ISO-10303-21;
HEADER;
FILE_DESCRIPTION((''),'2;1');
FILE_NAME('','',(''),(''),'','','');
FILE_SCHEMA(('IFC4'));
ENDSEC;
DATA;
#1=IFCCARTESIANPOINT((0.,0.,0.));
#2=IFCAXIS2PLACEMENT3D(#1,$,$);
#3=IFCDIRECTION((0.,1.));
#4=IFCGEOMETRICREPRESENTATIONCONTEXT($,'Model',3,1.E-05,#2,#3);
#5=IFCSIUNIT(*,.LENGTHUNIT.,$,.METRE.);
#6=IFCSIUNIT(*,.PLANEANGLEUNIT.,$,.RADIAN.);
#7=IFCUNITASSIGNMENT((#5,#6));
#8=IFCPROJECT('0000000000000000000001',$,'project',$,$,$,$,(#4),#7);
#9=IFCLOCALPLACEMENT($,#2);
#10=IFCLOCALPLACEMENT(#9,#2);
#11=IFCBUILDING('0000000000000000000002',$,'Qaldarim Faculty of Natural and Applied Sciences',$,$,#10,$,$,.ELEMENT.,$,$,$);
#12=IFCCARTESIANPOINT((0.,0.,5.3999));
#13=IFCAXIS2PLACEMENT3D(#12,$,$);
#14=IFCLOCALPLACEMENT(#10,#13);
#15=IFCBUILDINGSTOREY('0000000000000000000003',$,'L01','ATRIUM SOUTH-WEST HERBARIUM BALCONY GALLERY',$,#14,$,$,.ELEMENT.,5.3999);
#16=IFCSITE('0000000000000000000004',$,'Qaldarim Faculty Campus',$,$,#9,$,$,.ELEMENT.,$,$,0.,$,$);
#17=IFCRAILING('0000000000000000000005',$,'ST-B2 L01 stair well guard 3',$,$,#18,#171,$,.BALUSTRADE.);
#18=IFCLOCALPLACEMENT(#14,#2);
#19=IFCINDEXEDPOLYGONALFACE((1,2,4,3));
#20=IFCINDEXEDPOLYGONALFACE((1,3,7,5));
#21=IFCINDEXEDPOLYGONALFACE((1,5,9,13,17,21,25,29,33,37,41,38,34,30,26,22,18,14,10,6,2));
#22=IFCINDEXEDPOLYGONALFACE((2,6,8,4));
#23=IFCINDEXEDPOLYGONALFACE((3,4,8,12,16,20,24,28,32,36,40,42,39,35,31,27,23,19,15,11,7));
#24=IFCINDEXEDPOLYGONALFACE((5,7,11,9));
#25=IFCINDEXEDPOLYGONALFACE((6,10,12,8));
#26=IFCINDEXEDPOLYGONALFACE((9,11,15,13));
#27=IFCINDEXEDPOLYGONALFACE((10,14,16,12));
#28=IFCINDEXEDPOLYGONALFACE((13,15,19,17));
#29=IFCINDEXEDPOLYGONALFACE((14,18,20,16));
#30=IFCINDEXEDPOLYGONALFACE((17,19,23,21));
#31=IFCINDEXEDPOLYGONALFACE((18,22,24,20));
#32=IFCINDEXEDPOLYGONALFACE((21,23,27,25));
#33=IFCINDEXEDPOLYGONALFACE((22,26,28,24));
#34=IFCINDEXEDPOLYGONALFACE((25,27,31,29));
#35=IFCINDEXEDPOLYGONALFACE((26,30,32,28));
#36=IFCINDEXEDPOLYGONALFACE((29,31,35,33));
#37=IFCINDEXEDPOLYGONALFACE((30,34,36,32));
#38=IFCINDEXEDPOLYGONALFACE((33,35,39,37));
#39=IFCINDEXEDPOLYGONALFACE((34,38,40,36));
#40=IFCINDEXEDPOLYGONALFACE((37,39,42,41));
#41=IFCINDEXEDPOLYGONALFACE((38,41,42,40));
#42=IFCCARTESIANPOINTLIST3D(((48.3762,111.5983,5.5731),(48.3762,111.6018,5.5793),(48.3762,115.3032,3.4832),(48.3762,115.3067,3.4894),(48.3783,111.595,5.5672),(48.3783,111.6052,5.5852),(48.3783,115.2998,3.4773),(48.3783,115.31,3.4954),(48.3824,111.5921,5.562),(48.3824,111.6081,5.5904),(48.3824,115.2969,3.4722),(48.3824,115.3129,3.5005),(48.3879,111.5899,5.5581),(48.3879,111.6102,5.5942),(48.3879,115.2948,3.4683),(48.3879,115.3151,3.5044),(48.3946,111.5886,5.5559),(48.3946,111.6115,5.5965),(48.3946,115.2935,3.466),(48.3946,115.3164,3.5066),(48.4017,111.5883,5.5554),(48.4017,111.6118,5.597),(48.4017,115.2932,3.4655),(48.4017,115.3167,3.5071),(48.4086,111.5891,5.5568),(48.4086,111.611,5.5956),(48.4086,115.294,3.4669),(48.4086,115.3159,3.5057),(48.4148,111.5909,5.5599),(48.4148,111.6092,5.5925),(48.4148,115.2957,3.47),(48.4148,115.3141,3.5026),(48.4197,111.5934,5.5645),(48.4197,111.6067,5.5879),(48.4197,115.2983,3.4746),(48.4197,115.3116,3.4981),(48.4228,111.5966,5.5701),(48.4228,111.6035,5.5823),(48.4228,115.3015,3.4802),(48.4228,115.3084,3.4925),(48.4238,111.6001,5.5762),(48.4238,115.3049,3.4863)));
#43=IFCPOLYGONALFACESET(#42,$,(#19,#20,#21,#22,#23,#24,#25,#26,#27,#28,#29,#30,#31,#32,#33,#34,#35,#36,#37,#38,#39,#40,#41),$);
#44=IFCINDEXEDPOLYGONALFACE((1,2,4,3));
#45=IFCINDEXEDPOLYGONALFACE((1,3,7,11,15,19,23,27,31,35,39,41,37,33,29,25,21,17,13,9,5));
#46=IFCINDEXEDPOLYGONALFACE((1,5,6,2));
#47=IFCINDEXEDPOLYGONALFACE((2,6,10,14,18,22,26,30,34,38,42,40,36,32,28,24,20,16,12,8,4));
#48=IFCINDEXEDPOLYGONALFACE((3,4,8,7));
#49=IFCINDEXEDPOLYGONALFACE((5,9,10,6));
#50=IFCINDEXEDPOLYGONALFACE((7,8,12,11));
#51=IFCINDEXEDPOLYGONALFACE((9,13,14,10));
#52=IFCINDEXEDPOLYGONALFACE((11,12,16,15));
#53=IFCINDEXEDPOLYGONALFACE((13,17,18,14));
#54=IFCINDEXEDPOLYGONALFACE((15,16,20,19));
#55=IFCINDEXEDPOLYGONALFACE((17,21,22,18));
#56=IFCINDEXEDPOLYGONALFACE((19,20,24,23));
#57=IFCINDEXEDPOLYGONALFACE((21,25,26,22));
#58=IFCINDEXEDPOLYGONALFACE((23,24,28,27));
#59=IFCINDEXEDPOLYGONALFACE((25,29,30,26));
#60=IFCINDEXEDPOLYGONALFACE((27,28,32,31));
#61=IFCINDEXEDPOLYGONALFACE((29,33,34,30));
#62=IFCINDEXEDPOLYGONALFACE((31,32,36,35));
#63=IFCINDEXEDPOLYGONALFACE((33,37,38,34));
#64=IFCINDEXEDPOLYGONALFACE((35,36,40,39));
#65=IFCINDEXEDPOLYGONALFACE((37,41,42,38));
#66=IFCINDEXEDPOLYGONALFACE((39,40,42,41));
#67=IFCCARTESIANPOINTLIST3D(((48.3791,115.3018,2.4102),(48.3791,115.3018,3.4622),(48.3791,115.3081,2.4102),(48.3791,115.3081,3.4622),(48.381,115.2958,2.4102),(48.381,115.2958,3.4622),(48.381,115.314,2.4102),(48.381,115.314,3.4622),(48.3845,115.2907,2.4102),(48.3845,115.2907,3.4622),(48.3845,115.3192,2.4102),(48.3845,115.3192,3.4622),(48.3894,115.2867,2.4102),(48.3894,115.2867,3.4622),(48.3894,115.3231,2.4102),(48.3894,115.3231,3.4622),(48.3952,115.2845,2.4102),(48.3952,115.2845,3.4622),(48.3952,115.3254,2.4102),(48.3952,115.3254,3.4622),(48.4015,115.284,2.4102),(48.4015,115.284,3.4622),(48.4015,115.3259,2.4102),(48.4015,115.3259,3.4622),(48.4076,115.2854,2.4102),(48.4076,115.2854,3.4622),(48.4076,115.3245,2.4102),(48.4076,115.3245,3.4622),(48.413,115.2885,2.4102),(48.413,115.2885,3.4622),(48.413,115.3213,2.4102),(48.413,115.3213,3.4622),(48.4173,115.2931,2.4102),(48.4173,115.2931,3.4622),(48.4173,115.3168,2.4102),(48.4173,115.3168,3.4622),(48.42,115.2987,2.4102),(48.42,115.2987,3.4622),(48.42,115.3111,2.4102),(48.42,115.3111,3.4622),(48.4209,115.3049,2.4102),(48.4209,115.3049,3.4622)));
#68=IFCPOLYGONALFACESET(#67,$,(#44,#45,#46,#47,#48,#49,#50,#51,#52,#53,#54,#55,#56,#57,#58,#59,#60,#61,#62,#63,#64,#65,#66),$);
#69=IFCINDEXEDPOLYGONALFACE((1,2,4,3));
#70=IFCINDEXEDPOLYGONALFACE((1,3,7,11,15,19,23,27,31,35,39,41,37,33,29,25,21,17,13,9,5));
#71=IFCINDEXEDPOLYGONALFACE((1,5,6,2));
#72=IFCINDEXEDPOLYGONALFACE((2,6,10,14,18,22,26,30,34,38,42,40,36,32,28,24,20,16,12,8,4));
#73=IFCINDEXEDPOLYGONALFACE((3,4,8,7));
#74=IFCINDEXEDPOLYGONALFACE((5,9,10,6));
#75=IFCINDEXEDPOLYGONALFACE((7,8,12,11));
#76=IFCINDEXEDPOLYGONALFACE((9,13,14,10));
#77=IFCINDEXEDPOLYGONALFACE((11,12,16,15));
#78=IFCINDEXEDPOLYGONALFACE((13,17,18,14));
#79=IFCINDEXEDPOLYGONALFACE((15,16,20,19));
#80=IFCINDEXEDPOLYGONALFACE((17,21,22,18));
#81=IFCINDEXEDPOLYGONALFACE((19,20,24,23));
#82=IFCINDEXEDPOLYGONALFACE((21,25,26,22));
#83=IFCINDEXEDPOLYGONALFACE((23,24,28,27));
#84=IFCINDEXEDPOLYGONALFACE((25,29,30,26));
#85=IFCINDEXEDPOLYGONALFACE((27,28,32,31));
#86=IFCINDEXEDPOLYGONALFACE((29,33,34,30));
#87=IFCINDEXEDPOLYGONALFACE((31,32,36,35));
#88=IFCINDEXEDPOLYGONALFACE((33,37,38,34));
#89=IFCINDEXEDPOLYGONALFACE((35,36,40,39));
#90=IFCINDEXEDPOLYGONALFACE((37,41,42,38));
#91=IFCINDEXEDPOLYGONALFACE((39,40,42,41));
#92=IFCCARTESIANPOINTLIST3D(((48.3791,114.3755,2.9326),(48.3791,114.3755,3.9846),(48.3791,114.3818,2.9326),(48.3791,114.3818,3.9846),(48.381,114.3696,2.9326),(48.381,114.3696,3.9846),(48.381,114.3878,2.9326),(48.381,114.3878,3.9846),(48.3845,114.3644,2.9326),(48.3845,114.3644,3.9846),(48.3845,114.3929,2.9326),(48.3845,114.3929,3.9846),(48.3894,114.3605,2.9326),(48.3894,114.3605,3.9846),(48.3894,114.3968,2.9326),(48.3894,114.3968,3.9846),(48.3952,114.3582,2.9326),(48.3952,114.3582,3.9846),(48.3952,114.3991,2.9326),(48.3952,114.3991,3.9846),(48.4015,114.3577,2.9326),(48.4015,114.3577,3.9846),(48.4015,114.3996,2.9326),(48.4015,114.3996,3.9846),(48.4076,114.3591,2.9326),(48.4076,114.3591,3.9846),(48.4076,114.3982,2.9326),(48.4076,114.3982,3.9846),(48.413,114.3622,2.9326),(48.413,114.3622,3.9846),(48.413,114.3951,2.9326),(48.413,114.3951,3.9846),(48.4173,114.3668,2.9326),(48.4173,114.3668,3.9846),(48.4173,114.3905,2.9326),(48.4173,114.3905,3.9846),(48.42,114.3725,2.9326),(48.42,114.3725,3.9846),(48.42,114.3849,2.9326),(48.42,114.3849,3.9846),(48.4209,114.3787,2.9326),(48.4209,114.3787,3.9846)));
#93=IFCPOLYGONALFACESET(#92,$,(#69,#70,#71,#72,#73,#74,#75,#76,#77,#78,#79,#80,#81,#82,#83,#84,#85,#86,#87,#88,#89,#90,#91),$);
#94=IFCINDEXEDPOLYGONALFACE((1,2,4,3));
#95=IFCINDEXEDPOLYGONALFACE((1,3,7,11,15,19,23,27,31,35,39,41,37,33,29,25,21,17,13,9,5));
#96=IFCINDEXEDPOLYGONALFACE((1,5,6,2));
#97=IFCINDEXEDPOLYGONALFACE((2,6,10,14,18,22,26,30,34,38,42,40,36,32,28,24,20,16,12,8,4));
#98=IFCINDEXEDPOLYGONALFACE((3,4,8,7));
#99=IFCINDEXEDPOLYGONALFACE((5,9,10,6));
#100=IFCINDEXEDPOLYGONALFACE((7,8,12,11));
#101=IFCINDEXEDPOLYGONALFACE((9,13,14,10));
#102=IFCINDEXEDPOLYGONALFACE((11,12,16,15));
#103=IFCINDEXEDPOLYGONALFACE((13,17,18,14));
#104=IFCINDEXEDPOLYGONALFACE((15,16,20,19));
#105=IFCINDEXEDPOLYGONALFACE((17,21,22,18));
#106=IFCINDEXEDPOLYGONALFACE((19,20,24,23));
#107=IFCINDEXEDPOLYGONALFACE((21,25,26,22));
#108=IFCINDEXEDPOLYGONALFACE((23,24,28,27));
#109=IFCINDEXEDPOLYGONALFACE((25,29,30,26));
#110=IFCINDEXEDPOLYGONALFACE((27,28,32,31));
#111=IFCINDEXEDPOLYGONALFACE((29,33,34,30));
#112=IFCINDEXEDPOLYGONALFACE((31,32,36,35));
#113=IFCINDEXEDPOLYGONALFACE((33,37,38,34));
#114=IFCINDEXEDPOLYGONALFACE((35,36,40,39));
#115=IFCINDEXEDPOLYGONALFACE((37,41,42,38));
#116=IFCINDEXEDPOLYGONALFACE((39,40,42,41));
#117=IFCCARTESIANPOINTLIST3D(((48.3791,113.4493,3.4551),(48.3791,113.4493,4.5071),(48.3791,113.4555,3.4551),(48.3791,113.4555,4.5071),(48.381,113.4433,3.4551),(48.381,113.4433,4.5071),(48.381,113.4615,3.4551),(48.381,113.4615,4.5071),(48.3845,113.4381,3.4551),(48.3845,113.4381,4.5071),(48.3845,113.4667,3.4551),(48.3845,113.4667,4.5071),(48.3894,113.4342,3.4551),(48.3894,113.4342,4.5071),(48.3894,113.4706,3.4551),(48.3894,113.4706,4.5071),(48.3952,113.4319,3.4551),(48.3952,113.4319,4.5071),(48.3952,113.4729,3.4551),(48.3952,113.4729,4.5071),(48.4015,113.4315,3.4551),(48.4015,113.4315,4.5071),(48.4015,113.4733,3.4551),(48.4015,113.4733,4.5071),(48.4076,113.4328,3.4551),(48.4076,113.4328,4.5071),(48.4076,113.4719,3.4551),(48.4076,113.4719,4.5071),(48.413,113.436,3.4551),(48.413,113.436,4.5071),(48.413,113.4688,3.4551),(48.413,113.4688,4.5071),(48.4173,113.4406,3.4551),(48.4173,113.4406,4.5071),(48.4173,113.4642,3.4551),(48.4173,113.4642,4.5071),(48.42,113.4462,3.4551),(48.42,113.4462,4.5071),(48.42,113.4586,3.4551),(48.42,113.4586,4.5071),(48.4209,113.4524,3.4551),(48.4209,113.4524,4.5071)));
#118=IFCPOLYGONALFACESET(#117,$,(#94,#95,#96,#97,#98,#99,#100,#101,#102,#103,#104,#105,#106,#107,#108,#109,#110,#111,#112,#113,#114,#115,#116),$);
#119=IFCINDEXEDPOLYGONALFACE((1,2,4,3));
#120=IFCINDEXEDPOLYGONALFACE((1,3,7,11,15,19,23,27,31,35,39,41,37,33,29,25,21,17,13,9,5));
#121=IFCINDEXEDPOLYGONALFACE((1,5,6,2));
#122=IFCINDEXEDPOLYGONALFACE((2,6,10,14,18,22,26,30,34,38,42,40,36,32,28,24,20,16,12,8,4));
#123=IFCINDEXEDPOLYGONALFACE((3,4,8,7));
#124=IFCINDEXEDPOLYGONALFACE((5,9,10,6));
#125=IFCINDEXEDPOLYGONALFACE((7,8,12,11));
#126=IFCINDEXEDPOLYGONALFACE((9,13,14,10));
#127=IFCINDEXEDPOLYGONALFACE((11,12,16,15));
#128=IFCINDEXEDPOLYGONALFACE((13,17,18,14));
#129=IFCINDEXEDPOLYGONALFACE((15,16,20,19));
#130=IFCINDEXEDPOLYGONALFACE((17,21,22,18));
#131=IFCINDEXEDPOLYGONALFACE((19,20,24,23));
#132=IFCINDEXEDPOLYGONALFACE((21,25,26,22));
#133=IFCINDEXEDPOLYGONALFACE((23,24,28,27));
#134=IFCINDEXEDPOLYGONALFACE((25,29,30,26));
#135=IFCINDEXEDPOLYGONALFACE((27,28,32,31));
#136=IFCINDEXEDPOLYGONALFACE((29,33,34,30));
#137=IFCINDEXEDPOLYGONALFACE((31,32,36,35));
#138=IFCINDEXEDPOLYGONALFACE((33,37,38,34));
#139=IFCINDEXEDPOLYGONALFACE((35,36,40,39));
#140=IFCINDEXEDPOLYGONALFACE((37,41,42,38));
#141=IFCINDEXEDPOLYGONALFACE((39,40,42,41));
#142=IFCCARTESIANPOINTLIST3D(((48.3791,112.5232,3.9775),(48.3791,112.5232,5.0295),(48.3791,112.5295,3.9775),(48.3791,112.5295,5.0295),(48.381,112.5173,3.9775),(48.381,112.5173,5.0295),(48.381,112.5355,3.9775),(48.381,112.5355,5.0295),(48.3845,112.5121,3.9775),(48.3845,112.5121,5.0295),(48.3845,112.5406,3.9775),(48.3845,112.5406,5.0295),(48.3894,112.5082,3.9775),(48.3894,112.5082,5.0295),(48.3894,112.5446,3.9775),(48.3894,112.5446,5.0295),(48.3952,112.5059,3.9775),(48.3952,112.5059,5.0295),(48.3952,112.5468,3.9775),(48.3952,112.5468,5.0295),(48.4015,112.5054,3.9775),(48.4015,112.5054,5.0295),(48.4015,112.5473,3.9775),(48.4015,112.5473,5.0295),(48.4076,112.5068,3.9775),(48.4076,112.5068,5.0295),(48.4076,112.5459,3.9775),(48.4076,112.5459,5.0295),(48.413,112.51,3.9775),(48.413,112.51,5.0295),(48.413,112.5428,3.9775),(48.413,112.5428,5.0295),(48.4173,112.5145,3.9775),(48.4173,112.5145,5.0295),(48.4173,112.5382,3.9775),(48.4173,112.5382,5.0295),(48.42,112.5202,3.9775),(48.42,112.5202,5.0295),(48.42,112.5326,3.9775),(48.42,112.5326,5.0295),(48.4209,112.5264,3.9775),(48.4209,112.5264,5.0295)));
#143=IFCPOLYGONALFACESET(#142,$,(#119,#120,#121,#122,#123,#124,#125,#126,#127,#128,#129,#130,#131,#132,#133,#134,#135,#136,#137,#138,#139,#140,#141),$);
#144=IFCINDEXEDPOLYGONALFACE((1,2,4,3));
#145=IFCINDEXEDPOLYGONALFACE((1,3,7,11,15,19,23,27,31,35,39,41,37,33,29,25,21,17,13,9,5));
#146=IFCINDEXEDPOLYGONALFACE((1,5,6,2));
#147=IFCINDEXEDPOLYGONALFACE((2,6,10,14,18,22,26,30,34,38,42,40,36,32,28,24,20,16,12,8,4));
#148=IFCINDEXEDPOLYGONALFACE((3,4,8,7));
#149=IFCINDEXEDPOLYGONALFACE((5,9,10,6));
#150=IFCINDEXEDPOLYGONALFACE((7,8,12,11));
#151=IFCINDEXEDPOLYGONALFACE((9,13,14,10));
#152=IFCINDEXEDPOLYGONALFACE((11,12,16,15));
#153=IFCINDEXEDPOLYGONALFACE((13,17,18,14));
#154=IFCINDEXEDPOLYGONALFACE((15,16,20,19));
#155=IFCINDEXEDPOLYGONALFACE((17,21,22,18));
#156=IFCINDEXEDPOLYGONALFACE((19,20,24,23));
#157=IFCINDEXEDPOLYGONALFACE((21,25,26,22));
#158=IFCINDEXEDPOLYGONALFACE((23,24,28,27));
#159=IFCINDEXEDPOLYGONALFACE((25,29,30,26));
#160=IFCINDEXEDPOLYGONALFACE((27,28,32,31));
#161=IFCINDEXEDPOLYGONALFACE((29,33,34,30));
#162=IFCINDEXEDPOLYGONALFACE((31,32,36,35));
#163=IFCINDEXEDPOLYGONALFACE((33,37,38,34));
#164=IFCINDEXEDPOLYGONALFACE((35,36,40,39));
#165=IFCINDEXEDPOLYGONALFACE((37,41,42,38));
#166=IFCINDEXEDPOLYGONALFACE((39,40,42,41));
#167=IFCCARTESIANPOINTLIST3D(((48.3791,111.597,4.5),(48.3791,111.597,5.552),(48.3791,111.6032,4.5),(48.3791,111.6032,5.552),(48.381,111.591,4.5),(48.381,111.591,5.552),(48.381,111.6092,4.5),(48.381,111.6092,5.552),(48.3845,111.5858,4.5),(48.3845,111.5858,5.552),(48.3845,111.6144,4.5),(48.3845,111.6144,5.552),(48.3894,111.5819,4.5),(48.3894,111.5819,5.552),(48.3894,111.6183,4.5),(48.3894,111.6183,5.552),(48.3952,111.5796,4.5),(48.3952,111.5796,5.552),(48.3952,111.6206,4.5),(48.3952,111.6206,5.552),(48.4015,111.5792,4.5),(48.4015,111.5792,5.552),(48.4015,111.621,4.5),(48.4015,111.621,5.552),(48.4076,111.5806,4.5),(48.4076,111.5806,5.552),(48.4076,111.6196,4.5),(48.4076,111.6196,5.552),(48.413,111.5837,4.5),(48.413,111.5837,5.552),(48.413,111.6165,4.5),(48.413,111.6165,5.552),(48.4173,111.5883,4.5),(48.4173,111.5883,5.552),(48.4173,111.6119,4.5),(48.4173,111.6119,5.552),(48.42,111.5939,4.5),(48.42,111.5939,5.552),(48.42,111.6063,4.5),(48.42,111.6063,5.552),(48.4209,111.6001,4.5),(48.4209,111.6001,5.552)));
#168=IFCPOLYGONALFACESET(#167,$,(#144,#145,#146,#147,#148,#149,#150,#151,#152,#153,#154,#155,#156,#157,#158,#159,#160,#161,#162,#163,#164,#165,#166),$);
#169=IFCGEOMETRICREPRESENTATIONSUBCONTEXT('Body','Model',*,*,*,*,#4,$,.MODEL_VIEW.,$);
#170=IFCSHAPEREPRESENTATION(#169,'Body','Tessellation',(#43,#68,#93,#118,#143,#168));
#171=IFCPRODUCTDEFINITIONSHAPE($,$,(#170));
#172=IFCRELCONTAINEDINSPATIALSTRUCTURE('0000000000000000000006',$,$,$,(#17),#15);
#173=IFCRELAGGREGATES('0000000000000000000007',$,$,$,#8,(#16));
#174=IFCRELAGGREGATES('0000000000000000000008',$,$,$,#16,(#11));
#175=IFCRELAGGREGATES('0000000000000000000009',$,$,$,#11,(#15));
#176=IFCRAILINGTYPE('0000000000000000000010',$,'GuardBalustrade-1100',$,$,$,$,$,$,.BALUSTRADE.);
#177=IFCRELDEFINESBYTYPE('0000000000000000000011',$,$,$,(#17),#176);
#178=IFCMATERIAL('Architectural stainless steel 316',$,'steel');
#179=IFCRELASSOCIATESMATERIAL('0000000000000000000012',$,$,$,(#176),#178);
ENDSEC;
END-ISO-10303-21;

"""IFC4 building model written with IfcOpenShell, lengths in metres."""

from ifc_helpers import new_model, si_unit, direction, frame, origin, origin_2d, place, context, subcontext, project, spatial, circle, extrude, material, type_object, element, save


model = new_model("IFC4")

# Units and contexts
model_context = context("Model", 3, precision=1e-05, world=origin(), true_north=direction((0.0, 1.0)))
body_context = subcontext(model_context, "Body", "Model", "MODEL_VIEW")
ifc_project = project(units=[si_unit("LENGTHUNIT", "METRE"), si_unit("PLANEANGLEUNIT", "RADIAN")], contexts=[model_context])

# Site, building, storey
site_placement = place(None, origin())
site = spatial("IfcSite", under=ifc_project, at=site_placement, Name="Qaldarim Faculty Campus", CompositionType="ELEMENT", RefElevation=0.0)
building_placement = place(site_placement, origin())
building = spatial("IfcBuilding", under=site, at=building_placement, Name="Qaldarim Faculty of Natural and Applied Sciences", CompositionType="ELEMENT")
storey_placement = place(building_placement, frame((0.0, 0.0, 5.3999)))
storey = spatial("IfcBuildingStorey", under=building, at=storey_placement, Name="L01", Description="ATRIUM SOUTH-WEST HERBARIUM BALCONY GALLERY", CompositionType="ELEMENT", Elevation=5.3999)

# Shared definitions
ifc_material_1 = material(Name="Architectural stainless steel 316", Category="steel")

# Railing
railing_type_1 = type_object("IfcRailingType", Name="GuardBalustrade-1100", PredefinedType="BALUSTRADE", material=ifc_material_1)
railing_1_placement = place(storey_placement, frame((48.3999, 115.3049, 2.4102)))
element("IfcRailing", 1, at=railing_1_placement, inside=storey, type_object=railing_type_1, Name="ST-B2 L01 stair well guard 3", PredefinedType="BALUSTRADE", context=body_context, shape_type="SweptSolid", body=[
    extrude(circle(Radius=0.0239, at=origin_2d()), frame((0.0, 0.0, 1.0762), z_axis=(0.0, -0.870985, 0.49131), x_axis=(1.0, 0.0, 0.0)), (0.0, 0.0, 1.0), 4.2537),
    extrude(circle(Radius=0.021, at=origin_2d()), origin(), (0.0, 0.0, 1.0), 1.052),
    extrude(circle(Radius=0.021, at=origin_2d()), frame((0.0, -0.9263, 0.5225)), (0.0, 0.0, 1.0), 1.052),
    extrude(circle(Radius=0.021, at=origin_2d()), frame((0.0, -1.8525, 1.0449)), (0.0, 0.0, 1.0), 1.052),
    extrude(circle(Radius=0.021, at=origin_2d()), frame((0.0, -2.7786, 1.5674)), (0.0, 0.0, 1.0), 1.052),
    extrude(circle(Radius=0.021, at=origin_2d()), frame((0.0, -3.7048, 2.0898)), (0.0, 0.0, 1.0), 1.052),
])

save(model, "model.ifc")
